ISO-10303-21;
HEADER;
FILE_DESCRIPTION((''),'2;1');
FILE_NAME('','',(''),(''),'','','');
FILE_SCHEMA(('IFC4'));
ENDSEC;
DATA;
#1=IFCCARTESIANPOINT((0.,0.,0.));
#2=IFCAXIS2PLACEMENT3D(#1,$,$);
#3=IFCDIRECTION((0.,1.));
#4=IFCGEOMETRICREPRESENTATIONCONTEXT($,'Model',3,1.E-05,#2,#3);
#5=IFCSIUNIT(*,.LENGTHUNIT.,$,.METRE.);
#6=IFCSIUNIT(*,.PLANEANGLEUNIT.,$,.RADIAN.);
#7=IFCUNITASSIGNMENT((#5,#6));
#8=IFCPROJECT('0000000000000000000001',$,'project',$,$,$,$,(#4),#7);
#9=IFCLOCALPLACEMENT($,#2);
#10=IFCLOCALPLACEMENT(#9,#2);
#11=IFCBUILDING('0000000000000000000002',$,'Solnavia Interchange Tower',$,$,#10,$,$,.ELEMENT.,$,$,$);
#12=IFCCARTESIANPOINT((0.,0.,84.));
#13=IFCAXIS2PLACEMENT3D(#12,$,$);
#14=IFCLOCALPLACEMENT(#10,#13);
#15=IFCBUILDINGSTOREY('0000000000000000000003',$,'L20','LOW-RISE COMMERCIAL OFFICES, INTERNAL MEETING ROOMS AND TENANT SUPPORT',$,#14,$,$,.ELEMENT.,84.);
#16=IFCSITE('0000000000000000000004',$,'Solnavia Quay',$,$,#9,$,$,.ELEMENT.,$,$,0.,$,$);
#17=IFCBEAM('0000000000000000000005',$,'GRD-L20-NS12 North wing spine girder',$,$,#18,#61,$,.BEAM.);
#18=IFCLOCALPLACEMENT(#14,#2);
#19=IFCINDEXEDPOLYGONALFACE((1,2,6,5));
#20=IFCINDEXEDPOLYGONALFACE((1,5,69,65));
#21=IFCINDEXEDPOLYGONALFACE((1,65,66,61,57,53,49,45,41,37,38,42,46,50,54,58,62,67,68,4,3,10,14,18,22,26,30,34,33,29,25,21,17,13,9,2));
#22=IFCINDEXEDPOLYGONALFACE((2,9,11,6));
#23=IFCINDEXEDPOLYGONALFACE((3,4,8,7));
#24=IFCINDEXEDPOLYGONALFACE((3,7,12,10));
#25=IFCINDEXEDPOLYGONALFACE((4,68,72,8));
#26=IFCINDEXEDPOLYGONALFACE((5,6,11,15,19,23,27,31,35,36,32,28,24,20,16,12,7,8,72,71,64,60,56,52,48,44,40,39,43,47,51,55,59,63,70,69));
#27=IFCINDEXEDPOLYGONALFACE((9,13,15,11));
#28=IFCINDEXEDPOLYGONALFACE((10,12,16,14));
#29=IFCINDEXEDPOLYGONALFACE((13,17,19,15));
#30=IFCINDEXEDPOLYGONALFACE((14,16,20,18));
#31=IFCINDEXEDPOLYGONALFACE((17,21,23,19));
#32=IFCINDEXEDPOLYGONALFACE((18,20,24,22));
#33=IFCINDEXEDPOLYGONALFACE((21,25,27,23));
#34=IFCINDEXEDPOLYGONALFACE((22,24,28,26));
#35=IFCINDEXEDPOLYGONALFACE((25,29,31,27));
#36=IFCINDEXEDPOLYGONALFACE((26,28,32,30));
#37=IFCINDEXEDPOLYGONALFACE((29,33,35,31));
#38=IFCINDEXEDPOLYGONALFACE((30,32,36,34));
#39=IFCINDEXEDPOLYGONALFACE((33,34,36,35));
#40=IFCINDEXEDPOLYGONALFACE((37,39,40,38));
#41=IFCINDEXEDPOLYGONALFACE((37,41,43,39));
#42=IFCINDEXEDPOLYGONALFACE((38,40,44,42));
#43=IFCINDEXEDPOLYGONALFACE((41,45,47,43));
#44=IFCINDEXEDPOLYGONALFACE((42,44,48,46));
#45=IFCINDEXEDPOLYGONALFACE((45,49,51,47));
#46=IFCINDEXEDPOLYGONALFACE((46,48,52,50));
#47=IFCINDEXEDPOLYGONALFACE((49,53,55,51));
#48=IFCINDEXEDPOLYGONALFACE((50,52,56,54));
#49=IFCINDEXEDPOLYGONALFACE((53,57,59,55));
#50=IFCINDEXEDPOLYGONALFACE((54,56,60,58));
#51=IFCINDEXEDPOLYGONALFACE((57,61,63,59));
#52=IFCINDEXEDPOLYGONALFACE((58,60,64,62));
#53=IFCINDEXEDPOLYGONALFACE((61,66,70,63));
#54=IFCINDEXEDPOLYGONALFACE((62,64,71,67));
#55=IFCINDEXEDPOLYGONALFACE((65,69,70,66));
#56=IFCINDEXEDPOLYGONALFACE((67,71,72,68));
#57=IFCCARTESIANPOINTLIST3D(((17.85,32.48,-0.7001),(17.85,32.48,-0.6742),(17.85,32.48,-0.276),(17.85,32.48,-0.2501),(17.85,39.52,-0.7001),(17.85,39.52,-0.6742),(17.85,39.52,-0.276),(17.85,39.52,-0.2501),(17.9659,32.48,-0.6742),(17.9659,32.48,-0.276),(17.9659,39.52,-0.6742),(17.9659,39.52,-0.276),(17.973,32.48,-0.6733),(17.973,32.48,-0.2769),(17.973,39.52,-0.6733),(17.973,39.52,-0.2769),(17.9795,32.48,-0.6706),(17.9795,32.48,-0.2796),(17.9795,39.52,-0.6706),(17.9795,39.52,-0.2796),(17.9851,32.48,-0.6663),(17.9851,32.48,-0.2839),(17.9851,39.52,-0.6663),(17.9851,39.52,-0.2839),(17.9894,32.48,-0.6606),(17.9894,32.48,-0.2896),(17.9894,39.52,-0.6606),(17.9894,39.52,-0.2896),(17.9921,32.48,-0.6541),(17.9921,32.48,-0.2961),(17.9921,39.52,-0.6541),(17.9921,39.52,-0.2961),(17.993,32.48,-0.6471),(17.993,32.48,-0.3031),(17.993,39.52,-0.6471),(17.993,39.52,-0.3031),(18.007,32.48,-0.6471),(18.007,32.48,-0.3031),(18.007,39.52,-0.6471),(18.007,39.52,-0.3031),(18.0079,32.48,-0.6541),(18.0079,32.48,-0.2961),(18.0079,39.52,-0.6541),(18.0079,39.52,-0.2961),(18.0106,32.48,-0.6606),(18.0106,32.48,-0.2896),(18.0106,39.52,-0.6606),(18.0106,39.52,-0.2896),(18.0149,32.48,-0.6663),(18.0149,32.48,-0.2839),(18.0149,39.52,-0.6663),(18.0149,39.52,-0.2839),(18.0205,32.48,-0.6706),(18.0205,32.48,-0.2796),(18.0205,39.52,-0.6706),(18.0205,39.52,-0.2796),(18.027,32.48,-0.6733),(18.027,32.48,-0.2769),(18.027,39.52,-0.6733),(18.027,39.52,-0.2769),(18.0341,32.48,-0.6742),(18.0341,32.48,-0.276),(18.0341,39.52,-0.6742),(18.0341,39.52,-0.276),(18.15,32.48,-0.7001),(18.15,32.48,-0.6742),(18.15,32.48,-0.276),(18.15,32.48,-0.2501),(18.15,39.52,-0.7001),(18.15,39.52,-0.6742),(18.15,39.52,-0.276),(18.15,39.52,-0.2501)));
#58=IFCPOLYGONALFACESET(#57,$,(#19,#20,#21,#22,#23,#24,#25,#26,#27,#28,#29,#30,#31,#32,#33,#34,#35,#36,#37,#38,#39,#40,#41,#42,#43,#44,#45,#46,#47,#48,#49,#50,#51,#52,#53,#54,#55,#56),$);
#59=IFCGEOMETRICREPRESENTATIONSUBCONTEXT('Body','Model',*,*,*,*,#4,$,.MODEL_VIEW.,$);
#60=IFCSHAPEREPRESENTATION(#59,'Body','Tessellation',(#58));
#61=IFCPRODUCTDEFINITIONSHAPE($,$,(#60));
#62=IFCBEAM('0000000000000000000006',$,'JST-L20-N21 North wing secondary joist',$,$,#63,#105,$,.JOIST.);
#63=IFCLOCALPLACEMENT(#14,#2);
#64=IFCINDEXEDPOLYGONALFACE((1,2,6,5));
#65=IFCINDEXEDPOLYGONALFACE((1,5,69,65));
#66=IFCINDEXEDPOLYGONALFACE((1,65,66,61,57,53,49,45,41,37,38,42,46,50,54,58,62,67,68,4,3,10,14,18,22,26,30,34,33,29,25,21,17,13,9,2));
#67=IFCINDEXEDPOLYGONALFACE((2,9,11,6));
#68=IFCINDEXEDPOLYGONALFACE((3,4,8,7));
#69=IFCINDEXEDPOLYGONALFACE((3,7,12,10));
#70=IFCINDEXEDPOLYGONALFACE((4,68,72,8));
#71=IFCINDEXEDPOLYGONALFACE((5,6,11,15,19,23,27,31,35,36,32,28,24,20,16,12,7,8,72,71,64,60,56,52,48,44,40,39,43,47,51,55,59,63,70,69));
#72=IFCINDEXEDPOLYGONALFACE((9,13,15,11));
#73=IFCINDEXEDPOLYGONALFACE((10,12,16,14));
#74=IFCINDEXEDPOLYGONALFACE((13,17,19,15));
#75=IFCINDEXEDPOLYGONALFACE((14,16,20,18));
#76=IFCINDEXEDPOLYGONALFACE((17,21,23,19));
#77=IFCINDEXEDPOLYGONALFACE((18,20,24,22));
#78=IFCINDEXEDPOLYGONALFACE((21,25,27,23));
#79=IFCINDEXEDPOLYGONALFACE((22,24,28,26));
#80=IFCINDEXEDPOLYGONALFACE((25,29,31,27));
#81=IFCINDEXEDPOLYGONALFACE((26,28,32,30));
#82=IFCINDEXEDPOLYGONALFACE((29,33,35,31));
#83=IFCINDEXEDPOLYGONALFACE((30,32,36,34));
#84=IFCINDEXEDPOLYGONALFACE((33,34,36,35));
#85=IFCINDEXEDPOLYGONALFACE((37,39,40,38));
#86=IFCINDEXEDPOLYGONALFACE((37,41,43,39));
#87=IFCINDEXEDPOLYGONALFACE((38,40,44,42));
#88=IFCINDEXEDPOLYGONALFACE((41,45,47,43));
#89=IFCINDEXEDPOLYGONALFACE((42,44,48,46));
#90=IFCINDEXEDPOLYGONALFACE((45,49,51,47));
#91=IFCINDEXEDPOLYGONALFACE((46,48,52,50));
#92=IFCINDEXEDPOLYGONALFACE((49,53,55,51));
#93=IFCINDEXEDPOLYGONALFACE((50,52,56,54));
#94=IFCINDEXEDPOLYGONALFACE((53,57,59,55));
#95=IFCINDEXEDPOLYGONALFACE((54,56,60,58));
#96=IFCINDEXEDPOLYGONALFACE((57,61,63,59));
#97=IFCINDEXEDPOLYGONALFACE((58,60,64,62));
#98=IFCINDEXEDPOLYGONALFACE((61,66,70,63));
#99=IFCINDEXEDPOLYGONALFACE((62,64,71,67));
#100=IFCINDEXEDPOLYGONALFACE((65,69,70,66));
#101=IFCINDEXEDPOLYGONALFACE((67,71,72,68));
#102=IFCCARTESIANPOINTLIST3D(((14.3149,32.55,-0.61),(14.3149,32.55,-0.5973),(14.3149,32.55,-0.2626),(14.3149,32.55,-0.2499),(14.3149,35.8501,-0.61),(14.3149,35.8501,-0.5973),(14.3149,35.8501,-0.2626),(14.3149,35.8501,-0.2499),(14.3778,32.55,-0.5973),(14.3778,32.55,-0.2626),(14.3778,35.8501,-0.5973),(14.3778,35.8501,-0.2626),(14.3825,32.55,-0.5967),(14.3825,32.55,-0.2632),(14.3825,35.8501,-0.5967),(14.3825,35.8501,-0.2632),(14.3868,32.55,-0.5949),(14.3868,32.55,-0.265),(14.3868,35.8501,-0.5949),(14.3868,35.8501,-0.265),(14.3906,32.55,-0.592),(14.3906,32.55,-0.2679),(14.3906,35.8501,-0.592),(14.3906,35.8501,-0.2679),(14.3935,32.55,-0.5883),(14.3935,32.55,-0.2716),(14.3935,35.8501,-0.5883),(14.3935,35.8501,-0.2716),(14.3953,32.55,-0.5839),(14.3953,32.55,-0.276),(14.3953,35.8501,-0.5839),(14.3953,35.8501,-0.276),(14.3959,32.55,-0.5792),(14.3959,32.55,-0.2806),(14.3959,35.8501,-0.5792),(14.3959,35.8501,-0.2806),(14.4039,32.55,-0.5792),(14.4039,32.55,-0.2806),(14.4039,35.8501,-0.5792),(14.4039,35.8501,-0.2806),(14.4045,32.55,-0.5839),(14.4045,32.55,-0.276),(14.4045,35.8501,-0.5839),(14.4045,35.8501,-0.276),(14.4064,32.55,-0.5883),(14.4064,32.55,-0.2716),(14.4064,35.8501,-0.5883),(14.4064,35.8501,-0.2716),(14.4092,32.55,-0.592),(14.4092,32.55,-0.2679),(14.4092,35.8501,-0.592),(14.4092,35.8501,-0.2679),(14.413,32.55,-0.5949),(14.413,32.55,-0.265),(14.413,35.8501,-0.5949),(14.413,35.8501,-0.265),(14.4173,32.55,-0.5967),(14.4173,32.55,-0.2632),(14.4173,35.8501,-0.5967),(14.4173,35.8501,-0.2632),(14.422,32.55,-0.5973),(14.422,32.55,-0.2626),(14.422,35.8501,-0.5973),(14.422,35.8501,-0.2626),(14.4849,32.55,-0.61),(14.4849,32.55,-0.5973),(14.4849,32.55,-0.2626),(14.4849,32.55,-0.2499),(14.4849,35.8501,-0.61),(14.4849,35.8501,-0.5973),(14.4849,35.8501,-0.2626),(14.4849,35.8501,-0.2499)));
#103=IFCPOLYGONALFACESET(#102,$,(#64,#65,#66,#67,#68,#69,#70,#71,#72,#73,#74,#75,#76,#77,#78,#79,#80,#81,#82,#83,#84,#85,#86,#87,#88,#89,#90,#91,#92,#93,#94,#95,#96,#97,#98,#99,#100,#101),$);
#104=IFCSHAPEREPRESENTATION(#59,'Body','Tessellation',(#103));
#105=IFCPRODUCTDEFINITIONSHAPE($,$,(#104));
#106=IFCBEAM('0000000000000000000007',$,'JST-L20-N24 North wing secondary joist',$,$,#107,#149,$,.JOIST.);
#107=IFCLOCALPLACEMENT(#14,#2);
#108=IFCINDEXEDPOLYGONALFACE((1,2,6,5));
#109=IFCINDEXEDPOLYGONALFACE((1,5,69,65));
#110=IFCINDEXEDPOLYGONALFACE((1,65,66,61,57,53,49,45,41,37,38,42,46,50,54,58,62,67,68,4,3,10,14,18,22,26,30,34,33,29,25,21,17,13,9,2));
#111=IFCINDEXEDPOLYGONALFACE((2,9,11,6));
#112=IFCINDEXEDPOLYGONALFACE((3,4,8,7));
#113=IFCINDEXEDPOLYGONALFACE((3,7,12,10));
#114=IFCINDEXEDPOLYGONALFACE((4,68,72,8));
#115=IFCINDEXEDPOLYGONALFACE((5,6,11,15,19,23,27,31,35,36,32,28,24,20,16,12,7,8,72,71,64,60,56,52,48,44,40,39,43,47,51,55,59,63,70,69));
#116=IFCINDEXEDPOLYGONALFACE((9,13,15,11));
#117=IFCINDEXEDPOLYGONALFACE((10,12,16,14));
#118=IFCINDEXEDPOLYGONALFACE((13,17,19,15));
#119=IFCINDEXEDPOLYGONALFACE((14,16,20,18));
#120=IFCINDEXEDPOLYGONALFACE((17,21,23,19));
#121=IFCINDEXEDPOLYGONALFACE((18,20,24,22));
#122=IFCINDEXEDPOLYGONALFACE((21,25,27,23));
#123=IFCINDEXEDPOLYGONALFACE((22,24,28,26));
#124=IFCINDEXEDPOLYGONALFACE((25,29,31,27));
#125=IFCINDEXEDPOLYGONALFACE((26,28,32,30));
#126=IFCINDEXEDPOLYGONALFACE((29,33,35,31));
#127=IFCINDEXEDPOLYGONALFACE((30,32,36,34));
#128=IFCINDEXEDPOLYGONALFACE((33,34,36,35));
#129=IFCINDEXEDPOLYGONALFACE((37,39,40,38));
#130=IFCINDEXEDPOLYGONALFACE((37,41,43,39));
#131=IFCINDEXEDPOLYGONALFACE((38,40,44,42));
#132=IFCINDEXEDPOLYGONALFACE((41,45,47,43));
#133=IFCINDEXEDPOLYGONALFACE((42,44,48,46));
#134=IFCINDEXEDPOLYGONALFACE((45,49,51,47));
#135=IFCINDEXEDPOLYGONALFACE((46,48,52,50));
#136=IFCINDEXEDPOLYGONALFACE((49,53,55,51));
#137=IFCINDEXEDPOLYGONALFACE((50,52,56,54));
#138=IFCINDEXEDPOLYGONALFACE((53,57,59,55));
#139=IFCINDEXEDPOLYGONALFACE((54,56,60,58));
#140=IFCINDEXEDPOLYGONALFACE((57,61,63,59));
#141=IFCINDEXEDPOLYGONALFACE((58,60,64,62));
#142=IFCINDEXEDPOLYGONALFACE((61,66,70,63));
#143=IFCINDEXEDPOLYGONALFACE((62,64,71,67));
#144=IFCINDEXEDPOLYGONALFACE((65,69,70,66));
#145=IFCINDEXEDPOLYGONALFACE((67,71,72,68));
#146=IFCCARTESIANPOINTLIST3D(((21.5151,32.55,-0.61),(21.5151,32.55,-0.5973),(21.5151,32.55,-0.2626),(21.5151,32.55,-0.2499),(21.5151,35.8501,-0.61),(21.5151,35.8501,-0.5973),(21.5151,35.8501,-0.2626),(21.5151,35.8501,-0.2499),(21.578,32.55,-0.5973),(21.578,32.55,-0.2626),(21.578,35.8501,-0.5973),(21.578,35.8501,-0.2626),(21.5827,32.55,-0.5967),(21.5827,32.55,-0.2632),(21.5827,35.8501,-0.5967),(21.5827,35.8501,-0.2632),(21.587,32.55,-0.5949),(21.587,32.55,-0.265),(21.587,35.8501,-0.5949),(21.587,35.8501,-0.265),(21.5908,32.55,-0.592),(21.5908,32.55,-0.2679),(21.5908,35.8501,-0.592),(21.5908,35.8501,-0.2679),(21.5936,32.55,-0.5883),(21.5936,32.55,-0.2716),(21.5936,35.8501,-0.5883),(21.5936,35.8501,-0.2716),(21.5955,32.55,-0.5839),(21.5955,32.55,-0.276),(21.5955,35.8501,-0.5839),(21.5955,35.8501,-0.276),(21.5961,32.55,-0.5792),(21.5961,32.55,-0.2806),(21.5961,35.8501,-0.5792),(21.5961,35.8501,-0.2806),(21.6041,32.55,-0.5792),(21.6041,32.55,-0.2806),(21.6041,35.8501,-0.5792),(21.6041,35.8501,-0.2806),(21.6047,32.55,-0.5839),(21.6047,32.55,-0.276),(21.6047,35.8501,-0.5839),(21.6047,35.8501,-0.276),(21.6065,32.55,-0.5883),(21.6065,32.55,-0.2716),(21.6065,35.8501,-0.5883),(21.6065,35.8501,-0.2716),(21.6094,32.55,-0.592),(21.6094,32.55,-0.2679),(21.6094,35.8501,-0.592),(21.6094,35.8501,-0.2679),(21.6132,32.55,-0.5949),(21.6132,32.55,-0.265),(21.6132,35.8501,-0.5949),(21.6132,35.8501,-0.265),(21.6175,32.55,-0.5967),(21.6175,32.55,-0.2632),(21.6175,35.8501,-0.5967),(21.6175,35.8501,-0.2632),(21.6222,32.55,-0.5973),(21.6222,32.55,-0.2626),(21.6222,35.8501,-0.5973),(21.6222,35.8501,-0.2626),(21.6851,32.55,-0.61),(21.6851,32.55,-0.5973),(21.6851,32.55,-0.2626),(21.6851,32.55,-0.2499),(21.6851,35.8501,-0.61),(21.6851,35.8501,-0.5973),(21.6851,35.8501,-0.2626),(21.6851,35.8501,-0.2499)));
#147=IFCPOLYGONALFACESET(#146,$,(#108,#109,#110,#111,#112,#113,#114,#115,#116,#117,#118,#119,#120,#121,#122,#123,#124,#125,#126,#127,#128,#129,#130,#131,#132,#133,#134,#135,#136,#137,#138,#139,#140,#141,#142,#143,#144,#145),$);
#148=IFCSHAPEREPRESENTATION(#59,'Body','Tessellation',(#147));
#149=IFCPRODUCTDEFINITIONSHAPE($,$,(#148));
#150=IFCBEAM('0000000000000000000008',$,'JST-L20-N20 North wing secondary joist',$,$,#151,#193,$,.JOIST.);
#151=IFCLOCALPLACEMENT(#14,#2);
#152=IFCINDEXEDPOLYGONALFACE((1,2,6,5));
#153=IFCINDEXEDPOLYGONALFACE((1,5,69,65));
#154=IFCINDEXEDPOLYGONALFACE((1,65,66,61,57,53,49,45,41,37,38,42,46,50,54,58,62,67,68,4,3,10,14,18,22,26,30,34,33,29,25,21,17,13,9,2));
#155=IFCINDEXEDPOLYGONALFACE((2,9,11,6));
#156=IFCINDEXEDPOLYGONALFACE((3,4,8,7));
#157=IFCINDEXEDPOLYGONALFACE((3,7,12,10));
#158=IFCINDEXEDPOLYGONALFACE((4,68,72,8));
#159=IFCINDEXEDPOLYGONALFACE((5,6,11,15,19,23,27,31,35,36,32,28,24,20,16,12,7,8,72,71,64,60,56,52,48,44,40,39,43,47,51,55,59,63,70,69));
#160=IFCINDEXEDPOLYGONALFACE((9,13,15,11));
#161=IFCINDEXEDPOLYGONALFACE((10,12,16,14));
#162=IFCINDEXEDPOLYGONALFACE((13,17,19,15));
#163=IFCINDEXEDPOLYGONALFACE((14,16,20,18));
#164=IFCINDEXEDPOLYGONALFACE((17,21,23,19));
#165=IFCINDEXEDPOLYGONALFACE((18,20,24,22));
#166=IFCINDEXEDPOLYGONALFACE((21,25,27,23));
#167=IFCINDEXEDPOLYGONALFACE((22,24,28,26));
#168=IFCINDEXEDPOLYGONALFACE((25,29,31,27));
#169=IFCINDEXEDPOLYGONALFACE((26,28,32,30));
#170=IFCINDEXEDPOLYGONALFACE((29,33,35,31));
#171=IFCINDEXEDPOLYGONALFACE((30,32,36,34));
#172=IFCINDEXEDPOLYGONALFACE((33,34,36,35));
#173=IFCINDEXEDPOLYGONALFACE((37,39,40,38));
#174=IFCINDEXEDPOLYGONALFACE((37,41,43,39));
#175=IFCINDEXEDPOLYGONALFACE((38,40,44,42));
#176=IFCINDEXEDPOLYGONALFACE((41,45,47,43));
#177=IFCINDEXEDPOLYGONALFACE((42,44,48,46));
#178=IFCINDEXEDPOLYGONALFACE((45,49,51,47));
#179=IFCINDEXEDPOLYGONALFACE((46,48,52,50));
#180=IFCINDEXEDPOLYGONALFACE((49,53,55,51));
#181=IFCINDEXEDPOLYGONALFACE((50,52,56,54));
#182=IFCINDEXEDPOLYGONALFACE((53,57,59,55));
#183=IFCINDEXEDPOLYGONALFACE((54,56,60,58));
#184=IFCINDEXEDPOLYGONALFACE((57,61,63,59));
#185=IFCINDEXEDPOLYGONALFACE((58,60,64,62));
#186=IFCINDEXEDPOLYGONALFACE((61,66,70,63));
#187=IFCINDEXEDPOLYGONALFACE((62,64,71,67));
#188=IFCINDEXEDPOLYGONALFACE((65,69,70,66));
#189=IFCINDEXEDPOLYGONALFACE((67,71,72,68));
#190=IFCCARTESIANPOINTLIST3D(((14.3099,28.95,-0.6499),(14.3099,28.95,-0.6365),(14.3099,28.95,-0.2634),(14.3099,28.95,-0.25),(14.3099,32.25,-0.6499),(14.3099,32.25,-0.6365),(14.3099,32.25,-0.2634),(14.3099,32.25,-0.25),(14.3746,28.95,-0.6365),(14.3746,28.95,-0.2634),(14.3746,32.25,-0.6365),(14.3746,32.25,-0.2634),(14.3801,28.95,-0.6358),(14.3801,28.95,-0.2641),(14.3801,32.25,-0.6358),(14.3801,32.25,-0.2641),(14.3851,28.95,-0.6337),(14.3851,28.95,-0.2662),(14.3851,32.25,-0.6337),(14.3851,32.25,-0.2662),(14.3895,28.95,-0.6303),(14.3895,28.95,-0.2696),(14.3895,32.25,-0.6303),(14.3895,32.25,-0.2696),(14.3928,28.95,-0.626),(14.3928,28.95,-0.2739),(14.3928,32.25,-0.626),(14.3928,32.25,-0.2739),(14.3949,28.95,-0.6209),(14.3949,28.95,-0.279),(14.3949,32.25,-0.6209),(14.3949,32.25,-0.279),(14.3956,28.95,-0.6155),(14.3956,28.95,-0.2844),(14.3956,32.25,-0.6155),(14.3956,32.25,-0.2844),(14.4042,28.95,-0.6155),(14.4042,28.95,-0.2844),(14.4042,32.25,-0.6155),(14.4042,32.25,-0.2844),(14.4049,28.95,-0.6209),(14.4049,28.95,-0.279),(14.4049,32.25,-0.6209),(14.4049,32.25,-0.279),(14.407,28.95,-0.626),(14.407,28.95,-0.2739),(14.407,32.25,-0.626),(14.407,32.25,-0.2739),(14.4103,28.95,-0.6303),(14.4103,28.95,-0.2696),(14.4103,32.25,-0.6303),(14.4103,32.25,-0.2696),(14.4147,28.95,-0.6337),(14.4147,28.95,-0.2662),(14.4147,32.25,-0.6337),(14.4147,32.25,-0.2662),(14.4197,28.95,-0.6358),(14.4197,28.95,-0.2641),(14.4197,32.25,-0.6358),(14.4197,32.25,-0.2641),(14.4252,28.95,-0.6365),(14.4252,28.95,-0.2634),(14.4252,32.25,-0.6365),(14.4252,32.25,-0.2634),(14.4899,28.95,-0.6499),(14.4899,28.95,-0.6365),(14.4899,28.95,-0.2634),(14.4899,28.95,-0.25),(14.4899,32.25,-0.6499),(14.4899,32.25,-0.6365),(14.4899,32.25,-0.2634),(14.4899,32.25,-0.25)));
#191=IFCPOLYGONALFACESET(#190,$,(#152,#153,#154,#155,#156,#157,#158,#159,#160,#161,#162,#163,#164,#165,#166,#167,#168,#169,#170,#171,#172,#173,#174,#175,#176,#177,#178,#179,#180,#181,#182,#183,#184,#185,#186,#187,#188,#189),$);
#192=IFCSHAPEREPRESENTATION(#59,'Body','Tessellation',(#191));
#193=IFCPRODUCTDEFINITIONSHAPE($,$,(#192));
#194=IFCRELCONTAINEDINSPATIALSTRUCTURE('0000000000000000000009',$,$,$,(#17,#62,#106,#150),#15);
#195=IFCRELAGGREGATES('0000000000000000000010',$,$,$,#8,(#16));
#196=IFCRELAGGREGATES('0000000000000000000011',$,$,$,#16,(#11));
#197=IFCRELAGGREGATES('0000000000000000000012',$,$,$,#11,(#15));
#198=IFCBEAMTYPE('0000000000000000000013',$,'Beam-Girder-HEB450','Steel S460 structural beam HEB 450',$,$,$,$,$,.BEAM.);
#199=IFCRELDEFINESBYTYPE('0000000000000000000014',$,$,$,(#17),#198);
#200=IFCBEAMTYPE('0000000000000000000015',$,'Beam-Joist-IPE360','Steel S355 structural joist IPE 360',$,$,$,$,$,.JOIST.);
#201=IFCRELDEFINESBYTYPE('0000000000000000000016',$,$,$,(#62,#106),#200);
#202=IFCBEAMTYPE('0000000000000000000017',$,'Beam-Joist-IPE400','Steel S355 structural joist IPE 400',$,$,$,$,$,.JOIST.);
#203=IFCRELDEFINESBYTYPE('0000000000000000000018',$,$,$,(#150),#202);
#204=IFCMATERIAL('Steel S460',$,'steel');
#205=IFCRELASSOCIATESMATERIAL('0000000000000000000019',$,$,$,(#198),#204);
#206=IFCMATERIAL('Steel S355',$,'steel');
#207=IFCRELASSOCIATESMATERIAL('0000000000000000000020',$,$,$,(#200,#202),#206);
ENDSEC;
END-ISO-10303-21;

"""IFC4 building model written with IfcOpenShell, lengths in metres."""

from ifc_helpers import new_model, si_unit, direction, frame, origin, origin_2d, place, context, subcontext, project, spatial, i_section, extrude, material, material_profile, profile_set, type_object, element, save


model = new_model("IFC4")

# Units and contexts
model_context = context("Model", 3, precision=1e-05, world=origin(), true_north=direction((0.0, 1.0)))
body_context = subcontext(model_context, "Body", "Model", "MODEL_VIEW")
ifc_project = project(units=[si_unit("LENGTHUNIT", "METRE"), si_unit("PLANEANGLEUNIT", "RADIAN")], contexts=[model_context])

# Site, building, storey
site_placement = place(None, origin())
site = spatial("IfcSite", under=ifc_project, at=site_placement, Name="Solnavia Quay", CompositionType="ELEMENT", RefElevation=0.0)
building_placement = place(site_placement, origin())
building = spatial("IfcBuilding", under=site, at=building_placement, Name="Solnavia Interchange Tower", CompositionType="ELEMENT")
storey_placement = place(building_placement, frame((0.0, 0.0, 84.0)))
storey = spatial("IfcBuildingStorey", under=building, at=storey_placement, Name="L20", Description="LOW-RISE COMMERCIAL OFFICES, INTERNAL MEETING ROOMS AND TENANT SUPPORT", CompositionType="ELEMENT", Elevation=84.0)

# Shared definitions
ifc_material_1 = material(Name="Steel S355", Category="steel")

# Beams
ifc_material_2 = material(Name="Steel S460", Category="steel")
ifc_material_profile_1 = material_profile(ifc_material_2, i_section(OverallWidth=0.3, OverallDepth=0.45, WebThickness=0.0139, FlangeThickness=0.0259, FilletRadius=0.0271, at=origin_2d()), Name="HEB 450")
ifc_profile_set_1 = profile_set([ifc_material_profile_1], Name="Steel S460")
beam_type_1 = type_object("IfcBeamType", Name="Beam-Girder-HEB450", Description="Steel S460 structural beam HEB 450", PredefinedType="BEAM", material=ifc_profile_set_1)
for number, where, z_axis, x_axis, name in (
    (1, (18.0, 32.48, -0.4751), (0.0, 1.0, 0.0), (-1.0, 0.0, 0.0), "GRD-L20-NS12 North wing spine girder"),
):
    element("IfcBeam", number, at=place(storey_placement, frame(where, z_axis=z_axis, x_axis=x_axis)), inside=storey, type_object=beam_type_1, Name=name, PredefinedType="BEAM", context=body_context, shape_type="SweptSolid", body=[
        extrude(i_section(OverallWidth=0.3, OverallDepth=0.45, WebThickness=0.0139, FlangeThickness=0.0259, FilletRadius=0.0271, at=origin_2d()), origin(), (0.0, 0.0, 1.0), 7.04),
    ])
ifc_material_profile_2 = material_profile(ifc_material_1, i_section(OverallWidth=0.1699, OverallDepth=0.3601, WebThickness=0.0081, FlangeThickness=0.0127, FilletRadius=0.0181, at=origin_2d()), Name="IPE 360")
ifc_profile_set_2 = profile_set([ifc_material_profile_2], Name="Steel S355")
beam_type_2 = type_object("IfcBeamType", Name="Beam-Joist-IPE360", Description="Steel S355 structural joist IPE 360", PredefinedType="JOIST", material=ifc_profile_set_2)
for number, where, z_axis, x_axis, name in (
    (2, (14.3999, 32.55, -0.4299), (0.0, 1.0, 0.0), (-1.0, 0.0, 0.0), "JST-L20-N21 North wing secondary joist"),
    (3, (21.6001, 32.55, -0.4299), (0.0, 1.0, 0.0), (-1.0, 0.0, 0.0), "JST-L20-N24 North wing secondary joist"),
):
    element("IfcBeam", number, at=place(storey_placement, frame(where, z_axis=z_axis, x_axis=x_axis)), inside=storey, type_object=beam_type_2, Name=name, PredefinedType="JOIST", context=body_context, shape_type="SweptSolid", body=[
        extrude(i_section(OverallWidth=0.1699, OverallDepth=0.3601, WebThickness=0.0081, FlangeThickness=0.0127, FilletRadius=0.0181, at=origin_2d()), origin(), (0.0, 0.0, 1.0), 3.3),
    ])
ifc_material_profile_3 = material_profile(ifc_material_1, i_section(OverallWidth=0.1799, OverallDepth=0.3999, WebThickness=0.0085, FlangeThickness=0.0134, FilletRadius=0.021, at=origin_2d()), Name="IPE 400")
ifc_profile_set_3 = profile_set([ifc_material_profile_3], Name="Steel S355")
beam_type_3 = type_object("IfcBeamType", Name="Beam-Joist-IPE400", Description="Steel S355 structural joist IPE 400", PredefinedType="JOIST", material=ifc_profile_set_3)
for number, where, z_axis, x_axis, name in (
    (4, (14.3999, 28.95, -0.45), (0.0, 1.0, 0.0), (-1.0, 0.0, 0.0), "JST-L20-N20 North wing secondary joist"),
):
    element("IfcBeam", number, at=place(storey_placement, frame(where, z_axis=z_axis, x_axis=x_axis)), inside=storey, type_object=beam_type_3, Name=name, PredefinedType="JOIST", context=body_context, shape_type="SweptSolid", body=[
        extrude(i_section(OverallWidth=0.1799, OverallDepth=0.3999, WebThickness=0.0085, FlangeThickness=0.0134, FilletRadius=0.021, at=origin_2d()), origin(), (0.0, 0.0, 1.0), 3.3),
    ])

save(model, "model.ifc")
